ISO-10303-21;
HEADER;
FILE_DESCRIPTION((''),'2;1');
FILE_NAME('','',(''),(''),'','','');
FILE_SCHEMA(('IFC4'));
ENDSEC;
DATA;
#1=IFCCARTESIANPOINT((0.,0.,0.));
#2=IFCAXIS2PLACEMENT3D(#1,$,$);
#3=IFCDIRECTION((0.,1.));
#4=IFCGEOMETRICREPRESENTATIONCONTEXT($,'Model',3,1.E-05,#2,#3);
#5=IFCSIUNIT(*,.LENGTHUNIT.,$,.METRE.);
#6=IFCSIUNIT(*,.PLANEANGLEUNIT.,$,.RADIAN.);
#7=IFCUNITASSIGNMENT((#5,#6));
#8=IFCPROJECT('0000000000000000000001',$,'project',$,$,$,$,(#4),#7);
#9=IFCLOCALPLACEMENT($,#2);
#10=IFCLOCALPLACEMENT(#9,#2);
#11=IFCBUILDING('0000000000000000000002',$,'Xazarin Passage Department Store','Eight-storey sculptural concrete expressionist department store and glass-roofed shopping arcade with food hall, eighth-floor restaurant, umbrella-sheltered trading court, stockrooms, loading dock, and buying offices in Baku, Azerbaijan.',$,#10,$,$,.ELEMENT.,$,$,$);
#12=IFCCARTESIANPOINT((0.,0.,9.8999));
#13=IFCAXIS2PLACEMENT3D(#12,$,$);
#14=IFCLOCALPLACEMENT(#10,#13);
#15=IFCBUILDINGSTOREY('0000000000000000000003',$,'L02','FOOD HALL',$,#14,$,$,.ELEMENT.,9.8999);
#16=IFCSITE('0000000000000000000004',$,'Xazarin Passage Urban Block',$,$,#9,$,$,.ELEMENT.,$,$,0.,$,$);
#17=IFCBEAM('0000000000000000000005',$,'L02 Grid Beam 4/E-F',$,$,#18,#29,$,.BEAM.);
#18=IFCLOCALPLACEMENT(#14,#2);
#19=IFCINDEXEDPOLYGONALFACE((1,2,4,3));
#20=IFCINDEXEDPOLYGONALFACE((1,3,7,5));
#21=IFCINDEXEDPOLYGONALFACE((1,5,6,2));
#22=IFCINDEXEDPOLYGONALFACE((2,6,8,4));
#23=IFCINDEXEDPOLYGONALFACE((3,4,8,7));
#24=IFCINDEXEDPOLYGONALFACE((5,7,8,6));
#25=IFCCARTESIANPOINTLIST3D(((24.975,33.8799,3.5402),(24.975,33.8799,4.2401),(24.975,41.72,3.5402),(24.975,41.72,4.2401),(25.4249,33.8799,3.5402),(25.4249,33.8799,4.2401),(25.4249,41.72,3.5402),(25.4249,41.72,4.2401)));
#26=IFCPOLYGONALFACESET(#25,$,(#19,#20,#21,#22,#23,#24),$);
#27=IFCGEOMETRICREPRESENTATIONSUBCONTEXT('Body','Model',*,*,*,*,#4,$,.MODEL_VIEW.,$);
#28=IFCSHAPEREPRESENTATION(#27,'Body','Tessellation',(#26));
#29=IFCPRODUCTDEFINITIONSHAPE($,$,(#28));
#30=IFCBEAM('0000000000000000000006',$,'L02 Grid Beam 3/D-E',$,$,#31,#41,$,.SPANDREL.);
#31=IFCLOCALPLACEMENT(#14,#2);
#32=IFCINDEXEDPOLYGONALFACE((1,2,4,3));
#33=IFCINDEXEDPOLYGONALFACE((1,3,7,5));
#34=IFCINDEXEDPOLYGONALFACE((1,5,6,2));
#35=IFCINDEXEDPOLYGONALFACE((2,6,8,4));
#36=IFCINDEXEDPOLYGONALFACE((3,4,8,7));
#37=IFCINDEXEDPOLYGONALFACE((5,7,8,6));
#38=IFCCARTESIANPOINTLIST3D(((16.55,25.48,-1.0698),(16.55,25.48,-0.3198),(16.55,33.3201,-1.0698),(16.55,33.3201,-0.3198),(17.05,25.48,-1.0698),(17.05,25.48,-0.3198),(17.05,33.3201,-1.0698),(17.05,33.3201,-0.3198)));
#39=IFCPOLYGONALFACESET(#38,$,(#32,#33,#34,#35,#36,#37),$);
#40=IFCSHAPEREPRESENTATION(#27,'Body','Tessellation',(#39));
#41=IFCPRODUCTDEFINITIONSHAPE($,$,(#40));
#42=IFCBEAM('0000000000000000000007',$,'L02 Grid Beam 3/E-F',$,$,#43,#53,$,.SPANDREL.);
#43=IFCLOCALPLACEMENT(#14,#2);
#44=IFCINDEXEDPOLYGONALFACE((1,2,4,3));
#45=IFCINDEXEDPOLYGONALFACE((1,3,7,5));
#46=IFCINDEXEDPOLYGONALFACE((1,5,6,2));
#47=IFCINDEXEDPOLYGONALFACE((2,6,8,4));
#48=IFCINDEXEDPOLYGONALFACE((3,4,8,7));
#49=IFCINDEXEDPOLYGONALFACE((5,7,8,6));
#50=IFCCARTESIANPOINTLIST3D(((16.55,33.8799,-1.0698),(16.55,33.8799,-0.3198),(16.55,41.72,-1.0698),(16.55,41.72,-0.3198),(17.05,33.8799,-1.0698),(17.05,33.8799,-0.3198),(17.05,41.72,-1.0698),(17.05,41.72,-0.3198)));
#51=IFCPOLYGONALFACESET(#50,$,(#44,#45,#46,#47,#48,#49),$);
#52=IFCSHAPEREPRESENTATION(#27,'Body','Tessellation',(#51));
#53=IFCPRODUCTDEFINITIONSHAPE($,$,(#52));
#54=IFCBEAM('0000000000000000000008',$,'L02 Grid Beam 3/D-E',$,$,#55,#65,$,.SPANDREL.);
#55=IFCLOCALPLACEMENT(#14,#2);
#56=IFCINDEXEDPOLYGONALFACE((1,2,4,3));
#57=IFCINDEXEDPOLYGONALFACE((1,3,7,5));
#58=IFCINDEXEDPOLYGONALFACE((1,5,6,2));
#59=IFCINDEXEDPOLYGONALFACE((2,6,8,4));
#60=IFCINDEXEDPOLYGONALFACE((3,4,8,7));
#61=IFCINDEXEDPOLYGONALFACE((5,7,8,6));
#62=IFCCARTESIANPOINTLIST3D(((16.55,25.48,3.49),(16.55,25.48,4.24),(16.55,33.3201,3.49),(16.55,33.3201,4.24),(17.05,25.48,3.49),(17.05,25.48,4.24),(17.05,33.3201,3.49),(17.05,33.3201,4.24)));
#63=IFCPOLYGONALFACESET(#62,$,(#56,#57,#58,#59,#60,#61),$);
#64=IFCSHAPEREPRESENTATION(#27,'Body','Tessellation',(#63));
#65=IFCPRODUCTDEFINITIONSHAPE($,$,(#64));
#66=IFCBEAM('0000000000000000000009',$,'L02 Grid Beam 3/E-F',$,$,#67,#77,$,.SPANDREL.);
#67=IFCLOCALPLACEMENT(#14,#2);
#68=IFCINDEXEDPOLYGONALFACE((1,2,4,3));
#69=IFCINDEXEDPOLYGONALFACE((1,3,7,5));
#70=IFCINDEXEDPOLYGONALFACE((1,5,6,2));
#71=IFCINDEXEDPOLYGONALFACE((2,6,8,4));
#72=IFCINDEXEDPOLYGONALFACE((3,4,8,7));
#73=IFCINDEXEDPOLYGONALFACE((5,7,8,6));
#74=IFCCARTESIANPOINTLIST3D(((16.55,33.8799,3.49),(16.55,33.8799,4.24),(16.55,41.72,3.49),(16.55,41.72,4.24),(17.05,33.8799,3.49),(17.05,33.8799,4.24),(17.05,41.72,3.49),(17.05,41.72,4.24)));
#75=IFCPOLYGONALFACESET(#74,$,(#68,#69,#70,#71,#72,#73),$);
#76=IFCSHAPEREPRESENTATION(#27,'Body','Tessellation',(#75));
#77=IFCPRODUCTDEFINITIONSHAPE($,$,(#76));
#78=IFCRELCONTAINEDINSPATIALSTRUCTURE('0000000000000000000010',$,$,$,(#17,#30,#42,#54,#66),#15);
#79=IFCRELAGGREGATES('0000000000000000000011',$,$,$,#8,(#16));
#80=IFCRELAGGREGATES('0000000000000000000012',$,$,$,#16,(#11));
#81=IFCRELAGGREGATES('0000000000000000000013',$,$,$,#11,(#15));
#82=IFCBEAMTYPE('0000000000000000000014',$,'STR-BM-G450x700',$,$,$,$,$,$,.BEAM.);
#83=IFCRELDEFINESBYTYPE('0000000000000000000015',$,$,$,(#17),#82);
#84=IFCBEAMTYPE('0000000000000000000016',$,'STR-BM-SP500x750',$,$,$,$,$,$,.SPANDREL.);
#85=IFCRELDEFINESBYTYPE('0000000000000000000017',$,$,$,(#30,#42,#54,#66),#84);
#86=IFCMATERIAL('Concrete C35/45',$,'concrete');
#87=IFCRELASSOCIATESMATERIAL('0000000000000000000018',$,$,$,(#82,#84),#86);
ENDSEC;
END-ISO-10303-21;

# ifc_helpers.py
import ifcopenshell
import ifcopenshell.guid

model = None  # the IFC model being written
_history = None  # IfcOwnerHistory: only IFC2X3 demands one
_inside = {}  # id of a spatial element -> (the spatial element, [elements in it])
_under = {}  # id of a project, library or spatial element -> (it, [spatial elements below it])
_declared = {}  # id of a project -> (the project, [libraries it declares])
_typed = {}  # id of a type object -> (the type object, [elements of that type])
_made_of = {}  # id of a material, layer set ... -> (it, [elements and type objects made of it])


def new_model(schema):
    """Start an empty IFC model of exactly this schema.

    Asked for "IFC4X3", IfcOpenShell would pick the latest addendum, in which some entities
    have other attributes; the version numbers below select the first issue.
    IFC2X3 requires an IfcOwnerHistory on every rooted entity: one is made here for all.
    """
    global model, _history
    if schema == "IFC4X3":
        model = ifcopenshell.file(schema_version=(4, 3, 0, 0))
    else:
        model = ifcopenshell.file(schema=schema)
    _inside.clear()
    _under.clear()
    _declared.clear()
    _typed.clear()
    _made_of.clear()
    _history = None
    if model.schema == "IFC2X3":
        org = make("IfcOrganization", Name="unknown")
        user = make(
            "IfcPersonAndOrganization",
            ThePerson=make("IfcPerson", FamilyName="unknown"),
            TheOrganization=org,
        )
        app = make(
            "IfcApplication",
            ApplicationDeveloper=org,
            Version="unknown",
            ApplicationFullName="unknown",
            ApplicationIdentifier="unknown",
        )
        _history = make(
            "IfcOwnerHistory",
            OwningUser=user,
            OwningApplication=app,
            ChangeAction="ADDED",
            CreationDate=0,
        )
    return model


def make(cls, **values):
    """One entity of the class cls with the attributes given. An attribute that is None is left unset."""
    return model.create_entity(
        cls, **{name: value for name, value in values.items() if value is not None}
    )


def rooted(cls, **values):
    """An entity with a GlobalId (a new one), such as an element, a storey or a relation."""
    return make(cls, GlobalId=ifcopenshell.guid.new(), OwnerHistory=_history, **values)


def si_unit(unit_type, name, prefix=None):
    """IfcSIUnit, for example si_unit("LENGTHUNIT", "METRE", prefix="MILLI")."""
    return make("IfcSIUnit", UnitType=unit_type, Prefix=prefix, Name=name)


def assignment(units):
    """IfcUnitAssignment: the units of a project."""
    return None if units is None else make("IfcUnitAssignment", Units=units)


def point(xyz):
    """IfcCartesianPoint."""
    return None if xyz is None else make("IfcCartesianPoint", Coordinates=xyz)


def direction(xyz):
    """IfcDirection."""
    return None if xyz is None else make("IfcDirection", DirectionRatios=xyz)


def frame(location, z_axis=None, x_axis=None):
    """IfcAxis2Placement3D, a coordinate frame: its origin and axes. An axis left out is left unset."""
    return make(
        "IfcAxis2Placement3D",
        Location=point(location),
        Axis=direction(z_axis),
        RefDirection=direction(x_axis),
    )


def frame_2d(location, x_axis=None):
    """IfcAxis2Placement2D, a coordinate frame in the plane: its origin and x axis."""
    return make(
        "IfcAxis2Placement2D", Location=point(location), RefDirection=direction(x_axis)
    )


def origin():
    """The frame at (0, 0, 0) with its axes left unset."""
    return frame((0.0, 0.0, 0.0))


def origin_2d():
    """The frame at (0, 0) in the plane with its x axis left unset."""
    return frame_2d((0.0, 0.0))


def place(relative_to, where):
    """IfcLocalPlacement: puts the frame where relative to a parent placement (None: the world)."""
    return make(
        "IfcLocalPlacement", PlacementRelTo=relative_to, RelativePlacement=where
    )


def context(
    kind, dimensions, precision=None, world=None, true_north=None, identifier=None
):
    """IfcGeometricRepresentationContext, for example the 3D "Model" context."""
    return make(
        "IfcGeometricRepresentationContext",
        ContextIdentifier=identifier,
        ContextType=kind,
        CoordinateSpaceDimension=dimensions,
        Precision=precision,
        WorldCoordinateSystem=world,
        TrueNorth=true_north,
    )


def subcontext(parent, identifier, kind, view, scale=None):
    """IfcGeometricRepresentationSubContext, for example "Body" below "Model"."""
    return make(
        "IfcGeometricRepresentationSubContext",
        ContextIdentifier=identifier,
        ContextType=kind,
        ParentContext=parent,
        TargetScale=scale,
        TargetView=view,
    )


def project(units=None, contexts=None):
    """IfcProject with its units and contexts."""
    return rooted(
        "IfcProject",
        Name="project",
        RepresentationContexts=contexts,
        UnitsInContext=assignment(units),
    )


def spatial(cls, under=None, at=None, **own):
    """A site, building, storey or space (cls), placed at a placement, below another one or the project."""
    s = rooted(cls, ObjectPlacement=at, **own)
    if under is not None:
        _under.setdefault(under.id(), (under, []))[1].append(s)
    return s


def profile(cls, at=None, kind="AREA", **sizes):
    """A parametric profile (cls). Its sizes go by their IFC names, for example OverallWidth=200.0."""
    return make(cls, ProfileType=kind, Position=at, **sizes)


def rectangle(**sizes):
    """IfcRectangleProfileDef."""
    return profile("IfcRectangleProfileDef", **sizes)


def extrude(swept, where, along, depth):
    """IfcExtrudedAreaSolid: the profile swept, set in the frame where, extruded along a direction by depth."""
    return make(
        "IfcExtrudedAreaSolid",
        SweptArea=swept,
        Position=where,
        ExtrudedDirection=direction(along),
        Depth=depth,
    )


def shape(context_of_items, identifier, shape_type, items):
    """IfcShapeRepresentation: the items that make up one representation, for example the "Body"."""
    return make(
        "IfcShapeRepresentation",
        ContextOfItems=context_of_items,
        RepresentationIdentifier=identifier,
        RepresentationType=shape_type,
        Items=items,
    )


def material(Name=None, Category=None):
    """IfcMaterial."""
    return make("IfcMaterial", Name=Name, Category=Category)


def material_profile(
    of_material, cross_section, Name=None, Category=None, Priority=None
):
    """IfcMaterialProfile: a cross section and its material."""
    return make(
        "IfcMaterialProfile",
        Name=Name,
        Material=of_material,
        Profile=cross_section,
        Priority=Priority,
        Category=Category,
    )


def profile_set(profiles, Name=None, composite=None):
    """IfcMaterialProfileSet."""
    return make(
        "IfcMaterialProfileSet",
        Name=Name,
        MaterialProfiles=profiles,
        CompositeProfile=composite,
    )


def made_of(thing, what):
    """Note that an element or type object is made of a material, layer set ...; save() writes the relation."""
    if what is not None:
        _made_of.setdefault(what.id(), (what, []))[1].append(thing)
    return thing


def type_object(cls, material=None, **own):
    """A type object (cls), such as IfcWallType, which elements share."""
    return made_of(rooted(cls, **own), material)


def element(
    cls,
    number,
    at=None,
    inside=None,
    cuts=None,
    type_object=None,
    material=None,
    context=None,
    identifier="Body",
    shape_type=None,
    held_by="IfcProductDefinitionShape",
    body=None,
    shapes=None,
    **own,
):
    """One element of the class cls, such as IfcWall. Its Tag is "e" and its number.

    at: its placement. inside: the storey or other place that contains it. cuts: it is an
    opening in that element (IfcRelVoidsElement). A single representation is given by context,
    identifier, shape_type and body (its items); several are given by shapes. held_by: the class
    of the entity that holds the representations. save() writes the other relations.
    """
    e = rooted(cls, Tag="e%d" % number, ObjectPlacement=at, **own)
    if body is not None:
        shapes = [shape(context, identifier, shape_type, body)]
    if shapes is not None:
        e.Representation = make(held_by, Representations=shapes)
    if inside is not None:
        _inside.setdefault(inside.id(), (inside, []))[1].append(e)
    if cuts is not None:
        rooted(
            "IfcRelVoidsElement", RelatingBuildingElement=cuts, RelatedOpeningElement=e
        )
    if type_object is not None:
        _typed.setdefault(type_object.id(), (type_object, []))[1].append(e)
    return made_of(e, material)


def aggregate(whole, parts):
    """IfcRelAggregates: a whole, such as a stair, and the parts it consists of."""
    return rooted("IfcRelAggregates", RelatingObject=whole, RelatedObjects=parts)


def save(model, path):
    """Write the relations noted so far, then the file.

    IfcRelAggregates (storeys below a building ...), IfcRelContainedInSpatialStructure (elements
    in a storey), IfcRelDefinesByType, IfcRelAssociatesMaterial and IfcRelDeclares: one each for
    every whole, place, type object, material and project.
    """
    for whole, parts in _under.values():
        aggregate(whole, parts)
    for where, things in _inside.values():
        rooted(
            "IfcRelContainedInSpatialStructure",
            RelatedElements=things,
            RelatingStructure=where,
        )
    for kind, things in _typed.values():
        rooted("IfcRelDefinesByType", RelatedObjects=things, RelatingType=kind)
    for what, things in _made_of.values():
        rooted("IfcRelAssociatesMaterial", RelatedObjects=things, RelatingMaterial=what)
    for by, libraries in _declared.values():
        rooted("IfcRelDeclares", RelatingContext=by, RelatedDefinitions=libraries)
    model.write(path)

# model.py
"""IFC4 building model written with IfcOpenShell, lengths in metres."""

from ifc_helpers import new_model, si_unit, direction, frame, origin, origin_2d, place, context, subcontext, project, spatial, rectangle, extrude, material, material_profile, profile_set, type_object, element, save


model = new_model("IFC4")

# Units and contexts
model_context = context("Model", 3, precision=1e-05, world=origin(), true_north=direction((0.0, 1.0)))
body_context = subcontext(model_context, "Body", "Model", "MODEL_VIEW")
ifc_project = project(units=[si_unit("LENGTHUNIT", "METRE"), si_unit("PLANEANGLEUNIT", "RADIAN")], contexts=[model_context])

# Site, building, storey
site_placement = place(None, origin())
site = spatial("IfcSite", under=ifc_project, at=site_placement, Name="Xazarin Passage Urban Block", CompositionType="ELEMENT", RefElevation=0.0)
building_placement = place(site_placement, origin())
building = spatial("IfcBuilding", under=site, at=building_placement, Name="Xazarin Passage Department Store", Description="Eight-storey sculptural concrete expressionist department store and glass-roofed shopping arcade with food hall, eighth-floor restaurant, umbrella-sheltered trading court, stockrooms, loading dock, and buying offices in Baku, Azerbaijan.", CompositionType="ELEMENT")
storey_placement = place(building_placement, frame((0.0, 0.0, 9.8999)))
storey = spatial("IfcBuildingStorey", under=building, at=storey_placement, Name="L02", Description="FOOD HALL", CompositionType="ELEMENT", Elevation=9.8999)

# Beams
ifc_material_1 = material(Name="Concrete C35/45", Category="concrete")
ifc_material_profile_1 = material_profile(ifc_material_1, rectangle(XDim=0.45, YDim=0.7, at=origin_2d()), Name="RC 450x700")
ifc_profile_set_1 = profile_set([ifc_material_profile_1], Name="Concrete C35/45")
beam_type_1 = type_object("IfcBeamType", Name="STR-BM-G450x700", PredefinedType="BEAM", material=ifc_profile_set_1)
for number, where, z_axis, x_axis, name in (
    (1, (25.2, 33.8799, 3.8901), (0.0, 1.0, 0.0), (-1.0, 0.0, 0.0), "L02 Grid Beam 4/E-F"),
):
    element("IfcBeam", number, at=place(storey_placement, frame(where, z_axis=z_axis, x_axis=x_axis)), inside=storey, type_object=beam_type_1, Name=name, PredefinedType="BEAM", context=body_context, shape_type="SweptSolid", body=[
        extrude(rectangle(XDim=0.45, YDim=0.7, at=origin_2d()), origin(), (0.0, 0.0, 1.0), 7.8401),
    ])
ifc_material_profile_2 = material_profile(ifc_material_1, rectangle(XDim=0.5, YDim=0.75, at=origin_2d()), Name="RC 500x750")
ifc_profile_set_2 = profile_set([ifc_material_profile_2], Name="Concrete C35/45")
beam_type_2 = type_object("IfcBeamType", Name="STR-BM-SP500x750", PredefinedType="SPANDREL", material=ifc_profile_set_2)
for number, where, z_axis, x_axis, name in (
    (2, (16.8, 25.48, -0.6948), (0.0, 1.0, 0.0), (-1.0, 0.0, 0.0), "L02 Grid Beam 3/D-E"),
    (3, (16.8, 33.8799, -0.6948), (0.0, 1.0, 0.0), (-1.0, 0.0, 0.0), "L02 Grid Beam 3/E-F"),
    (4, (16.8, 25.48, 3.865), (0.0, 1.0, 0.0), (-1.0, 0.0, 0.0), "L02 Grid Beam 3/D-E"),
    (5, (16.8, 33.8799, 3.865), (0.0, 1.0, 0.0), (-1.0, 0.0, 0.0), "L02 Grid Beam 3/E-F"),
):
    element("IfcBeam", number, at=place(storey_placement, frame(where, z_axis=z_axis, x_axis=x_axis)), inside=storey, type_object=beam_type_2, Name=name, PredefinedType="SPANDREL", context=body_context, shape_type="SweptSolid", body=[
        extrude(rectangle(XDim=0.5, YDim=0.75, at=origin_2d()), origin(), (0.0, 0.0, 1.0), 7.8401),
    ])

save(model, "model.ifc")
